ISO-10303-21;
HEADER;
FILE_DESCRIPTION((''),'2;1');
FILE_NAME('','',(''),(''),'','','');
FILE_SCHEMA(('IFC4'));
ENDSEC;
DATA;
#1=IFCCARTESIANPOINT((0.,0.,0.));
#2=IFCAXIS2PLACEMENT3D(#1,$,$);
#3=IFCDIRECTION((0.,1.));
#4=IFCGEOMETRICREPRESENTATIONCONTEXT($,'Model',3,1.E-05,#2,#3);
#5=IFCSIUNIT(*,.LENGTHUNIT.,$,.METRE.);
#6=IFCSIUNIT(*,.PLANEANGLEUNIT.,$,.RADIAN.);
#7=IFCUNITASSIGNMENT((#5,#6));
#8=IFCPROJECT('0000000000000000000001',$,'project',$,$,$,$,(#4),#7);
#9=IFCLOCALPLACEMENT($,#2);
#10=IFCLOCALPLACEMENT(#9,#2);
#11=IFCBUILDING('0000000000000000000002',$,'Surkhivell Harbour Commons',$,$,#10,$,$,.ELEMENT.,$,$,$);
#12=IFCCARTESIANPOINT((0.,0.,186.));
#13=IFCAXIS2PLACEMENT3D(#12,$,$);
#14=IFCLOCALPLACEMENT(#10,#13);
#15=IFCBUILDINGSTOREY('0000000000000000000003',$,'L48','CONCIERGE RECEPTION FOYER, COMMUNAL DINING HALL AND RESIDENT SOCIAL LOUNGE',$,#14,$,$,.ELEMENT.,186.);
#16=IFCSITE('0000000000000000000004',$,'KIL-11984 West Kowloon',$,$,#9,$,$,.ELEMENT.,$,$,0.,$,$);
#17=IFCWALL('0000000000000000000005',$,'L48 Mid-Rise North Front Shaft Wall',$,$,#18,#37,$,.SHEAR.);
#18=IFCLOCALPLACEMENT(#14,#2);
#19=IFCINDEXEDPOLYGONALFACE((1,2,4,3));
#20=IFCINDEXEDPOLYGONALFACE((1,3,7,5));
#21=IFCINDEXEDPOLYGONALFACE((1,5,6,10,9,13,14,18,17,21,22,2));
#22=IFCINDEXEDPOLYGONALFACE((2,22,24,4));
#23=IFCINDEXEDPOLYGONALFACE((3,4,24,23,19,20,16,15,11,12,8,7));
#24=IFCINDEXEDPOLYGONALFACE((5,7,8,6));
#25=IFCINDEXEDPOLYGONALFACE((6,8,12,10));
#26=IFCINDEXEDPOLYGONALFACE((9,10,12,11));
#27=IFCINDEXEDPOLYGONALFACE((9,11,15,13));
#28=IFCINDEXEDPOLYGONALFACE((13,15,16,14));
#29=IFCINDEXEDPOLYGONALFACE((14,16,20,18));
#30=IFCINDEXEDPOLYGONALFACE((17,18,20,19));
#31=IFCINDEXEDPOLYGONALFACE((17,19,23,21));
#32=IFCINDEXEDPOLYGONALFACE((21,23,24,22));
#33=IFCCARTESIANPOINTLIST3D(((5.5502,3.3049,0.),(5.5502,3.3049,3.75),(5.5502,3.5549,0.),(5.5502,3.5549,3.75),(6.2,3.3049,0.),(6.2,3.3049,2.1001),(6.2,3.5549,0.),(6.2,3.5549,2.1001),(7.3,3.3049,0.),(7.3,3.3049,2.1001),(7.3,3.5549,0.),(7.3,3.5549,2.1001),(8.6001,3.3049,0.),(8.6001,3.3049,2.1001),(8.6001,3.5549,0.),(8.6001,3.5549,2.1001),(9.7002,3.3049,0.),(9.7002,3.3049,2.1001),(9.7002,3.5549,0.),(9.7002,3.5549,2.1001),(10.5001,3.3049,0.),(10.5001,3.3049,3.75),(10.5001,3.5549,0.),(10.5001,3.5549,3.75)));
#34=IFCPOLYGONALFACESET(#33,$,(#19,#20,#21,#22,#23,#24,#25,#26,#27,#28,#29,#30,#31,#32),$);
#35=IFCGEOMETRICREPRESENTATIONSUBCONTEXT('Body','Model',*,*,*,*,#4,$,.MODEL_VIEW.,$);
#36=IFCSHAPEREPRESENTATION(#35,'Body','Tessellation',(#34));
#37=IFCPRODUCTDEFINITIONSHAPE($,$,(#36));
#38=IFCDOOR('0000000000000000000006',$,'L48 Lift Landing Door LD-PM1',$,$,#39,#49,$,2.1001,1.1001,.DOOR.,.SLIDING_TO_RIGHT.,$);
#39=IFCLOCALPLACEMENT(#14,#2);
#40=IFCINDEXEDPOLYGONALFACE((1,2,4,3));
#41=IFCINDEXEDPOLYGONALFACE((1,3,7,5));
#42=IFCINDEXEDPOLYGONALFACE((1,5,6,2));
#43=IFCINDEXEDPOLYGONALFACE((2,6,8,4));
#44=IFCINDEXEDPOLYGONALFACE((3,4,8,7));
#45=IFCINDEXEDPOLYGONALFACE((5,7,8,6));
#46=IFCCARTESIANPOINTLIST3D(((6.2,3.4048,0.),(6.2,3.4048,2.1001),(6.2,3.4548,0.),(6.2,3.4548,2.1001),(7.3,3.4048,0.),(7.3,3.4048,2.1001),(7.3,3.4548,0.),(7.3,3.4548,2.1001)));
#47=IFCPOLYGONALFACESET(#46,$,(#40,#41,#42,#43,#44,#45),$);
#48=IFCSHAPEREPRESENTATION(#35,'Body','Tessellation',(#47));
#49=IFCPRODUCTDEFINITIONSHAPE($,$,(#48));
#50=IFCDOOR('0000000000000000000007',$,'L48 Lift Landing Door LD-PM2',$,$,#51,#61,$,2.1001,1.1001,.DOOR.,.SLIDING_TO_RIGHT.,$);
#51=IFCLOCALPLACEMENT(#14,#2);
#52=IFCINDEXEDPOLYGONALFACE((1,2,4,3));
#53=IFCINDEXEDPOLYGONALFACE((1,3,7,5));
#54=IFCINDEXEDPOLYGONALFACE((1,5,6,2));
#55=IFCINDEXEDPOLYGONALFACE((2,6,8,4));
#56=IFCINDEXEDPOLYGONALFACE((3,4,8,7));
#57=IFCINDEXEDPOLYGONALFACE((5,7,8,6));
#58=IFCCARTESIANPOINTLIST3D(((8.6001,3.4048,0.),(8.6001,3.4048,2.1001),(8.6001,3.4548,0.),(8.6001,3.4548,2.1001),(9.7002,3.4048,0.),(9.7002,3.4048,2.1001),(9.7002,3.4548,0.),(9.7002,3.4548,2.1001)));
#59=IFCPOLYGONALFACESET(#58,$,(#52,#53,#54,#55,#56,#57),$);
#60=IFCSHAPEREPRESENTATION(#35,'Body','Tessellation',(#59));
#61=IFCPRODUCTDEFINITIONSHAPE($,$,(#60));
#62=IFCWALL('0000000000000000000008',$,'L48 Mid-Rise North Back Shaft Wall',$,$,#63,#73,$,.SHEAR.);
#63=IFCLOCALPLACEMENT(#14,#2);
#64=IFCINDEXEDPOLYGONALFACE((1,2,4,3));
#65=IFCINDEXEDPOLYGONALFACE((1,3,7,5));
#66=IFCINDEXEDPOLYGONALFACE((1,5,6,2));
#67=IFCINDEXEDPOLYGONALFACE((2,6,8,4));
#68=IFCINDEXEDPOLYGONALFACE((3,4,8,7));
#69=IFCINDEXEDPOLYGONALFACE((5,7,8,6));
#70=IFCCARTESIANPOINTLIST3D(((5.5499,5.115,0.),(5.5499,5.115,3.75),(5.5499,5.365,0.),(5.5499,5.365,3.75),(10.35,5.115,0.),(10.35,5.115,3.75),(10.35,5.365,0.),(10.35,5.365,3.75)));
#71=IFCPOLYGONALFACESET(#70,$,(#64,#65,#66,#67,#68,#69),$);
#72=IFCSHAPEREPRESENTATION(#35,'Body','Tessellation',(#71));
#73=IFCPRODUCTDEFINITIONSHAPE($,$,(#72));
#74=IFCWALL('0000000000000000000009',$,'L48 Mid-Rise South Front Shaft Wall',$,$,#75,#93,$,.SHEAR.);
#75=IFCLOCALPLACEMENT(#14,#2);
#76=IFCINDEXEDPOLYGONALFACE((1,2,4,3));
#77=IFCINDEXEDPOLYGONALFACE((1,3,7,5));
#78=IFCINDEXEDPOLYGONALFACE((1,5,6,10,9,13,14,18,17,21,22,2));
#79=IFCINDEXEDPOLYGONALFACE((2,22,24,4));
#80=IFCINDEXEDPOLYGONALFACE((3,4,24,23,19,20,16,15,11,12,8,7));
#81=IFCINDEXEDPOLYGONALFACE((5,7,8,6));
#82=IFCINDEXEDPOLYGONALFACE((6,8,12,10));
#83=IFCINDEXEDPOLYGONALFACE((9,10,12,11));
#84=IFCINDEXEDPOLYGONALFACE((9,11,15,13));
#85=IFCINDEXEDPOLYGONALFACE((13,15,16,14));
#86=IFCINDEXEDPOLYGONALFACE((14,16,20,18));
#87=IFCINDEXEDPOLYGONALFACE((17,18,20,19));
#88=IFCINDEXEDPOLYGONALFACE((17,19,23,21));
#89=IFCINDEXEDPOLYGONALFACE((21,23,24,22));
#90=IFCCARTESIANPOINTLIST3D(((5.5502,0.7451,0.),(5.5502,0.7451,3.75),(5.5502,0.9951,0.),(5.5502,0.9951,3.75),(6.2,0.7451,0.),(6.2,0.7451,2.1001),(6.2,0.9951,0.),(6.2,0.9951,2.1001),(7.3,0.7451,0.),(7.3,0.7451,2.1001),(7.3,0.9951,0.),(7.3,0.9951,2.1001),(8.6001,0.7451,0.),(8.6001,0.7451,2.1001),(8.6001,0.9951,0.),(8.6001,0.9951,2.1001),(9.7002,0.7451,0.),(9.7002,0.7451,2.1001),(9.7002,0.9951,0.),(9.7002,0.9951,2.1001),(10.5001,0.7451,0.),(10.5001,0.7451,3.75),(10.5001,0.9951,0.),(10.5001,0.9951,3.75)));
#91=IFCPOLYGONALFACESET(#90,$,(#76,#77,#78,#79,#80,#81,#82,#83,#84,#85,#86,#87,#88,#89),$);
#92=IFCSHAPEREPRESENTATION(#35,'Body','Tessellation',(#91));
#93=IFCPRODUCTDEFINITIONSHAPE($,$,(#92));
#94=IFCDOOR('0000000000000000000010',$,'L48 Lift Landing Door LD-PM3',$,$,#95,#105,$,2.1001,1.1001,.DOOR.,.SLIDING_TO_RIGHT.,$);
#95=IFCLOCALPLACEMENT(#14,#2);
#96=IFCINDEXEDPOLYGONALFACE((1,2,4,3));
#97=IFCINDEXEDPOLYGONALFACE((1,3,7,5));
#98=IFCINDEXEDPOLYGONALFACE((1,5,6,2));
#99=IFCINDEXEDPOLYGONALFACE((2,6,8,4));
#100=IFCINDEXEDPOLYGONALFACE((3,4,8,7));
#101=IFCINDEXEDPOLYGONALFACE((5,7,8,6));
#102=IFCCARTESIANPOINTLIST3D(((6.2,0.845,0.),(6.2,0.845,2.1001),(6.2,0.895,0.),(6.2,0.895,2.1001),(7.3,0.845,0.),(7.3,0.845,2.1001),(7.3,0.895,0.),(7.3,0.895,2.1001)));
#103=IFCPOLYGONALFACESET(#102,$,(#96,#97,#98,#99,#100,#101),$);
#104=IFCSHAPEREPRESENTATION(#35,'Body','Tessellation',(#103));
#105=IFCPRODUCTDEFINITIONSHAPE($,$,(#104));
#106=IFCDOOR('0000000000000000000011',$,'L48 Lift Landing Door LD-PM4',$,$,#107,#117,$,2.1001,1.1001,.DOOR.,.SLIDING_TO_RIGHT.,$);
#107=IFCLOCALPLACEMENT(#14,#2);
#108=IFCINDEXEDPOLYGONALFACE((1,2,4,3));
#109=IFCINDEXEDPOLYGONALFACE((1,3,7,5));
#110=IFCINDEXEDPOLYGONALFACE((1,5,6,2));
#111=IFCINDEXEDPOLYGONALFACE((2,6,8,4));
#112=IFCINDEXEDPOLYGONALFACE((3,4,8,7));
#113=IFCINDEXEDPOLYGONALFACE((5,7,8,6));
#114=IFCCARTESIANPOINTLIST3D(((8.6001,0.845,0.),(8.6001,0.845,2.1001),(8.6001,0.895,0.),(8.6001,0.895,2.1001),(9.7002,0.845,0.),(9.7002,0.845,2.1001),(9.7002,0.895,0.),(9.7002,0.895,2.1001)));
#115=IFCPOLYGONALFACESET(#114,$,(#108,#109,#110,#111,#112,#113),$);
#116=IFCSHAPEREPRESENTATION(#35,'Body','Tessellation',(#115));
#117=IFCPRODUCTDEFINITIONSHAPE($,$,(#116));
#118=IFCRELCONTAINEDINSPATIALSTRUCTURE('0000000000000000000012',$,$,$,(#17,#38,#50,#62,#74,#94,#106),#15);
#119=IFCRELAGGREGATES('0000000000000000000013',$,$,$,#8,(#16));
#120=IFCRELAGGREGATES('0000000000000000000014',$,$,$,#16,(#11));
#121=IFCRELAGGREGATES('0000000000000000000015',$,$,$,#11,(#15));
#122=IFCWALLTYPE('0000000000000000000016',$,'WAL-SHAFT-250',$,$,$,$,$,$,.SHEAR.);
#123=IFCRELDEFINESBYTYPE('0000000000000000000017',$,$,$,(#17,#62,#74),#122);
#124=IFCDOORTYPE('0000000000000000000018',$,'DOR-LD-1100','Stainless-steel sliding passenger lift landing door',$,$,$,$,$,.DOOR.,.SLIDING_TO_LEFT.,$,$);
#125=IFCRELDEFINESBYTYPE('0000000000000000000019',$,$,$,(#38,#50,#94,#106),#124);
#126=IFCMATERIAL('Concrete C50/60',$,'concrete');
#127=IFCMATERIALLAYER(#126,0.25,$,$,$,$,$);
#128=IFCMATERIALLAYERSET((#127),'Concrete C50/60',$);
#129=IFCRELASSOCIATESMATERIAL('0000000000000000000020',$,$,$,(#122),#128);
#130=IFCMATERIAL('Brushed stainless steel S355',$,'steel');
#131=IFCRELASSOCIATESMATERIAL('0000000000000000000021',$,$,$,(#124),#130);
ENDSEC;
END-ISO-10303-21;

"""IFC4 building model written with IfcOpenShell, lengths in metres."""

from ifc_helpers import new_model, si_unit, direction, frame, frame_2d, origin, place, context, subcontext, project, spatial, rectangle, extrude, material, layer, layer_set, type_object, element, fill, save


model = new_model("IFC4")

# Units and contexts
model_context = context("Model", 3, precision=1e-05, world=origin(), true_north=direction((0.0, 1.0)))
body_context = subcontext(model_context, "Body", "Model", "MODEL_VIEW")
ifc_project = project(units=[si_unit("LENGTHUNIT", "METRE"), si_unit("PLANEANGLEUNIT", "RADIAN")], contexts=[model_context])

# Site, building, storey
site_placement = place(None, origin())
site = spatial("IfcSite", under=ifc_project, at=site_placement, Name="KIL-11984 West Kowloon", CompositionType="ELEMENT", RefElevation=0.0)
building_placement = place(site_placement, origin())
building = spatial("IfcBuilding", under=site, at=building_placement, Name="Surkhivell Harbour Commons", CompositionType="ELEMENT")
storey_placement = place(building_placement, frame((0.0, 0.0, 186.0)))
storey = spatial("IfcBuildingStorey", under=building, at=storey_placement, Name="L48", Description="CONCIERGE RECEPTION FOYER, COMMUNAL DINING HALL AND RESIDENT SOCIAL LOUNGE", CompositionType="ELEMENT", Elevation=186.0)

# Shared definitions
ifc_material_1 = material(Name="Concrete C50/60", Category="concrete")
ifc_layer_1 = layer(ifc_material_1, 0.25)
ifc_layer_set_1 = layer_set([ifc_layer_1], Name="Concrete C50/60")
wall_type_1 = type_object("IfcWallType", Name="WAL-SHAFT-250", PredefinedType="SHEAR", material=ifc_layer_set_1)

# Wall, openings, doors
wall_1_placement = place(storey_placement, frame((5.55, 3.4299, 0.0), z_axis=(0.0, 0.0, 1.0), x_axis=(1.0, 0.0, 0.0)))
wall_1 = element("IfcWall", 1, at=wall_1_placement, inside=storey, type_object=wall_type_1, Name="L48 Mid-Rise North Front Shaft Wall", PredefinedType="SHEAR", context=body_context, shape_type="SweptSolid", body=[
    extrude(rectangle(XDim=4.95, YDim=0.25, at=frame_2d((2.4751, 0.0))), origin(), (0.0, 0.0, 1.0), 3.75),
])
opening_1_placement = place(wall_1_placement, frame((0.6499, 0.0, 0.0)))
opening_1 = element("IfcOpeningElement", 2, at=opening_1_placement, cuts=wall_1, PredefinedType="OPENING", context=body_context, shape_type="SweptSolid", body=[
    extrude(rectangle(XDim=1.1001, YDim=2.1001, at=frame_2d((0.55, 1.05))), frame((0.0, 0.135, 0.0), z_axis=(0.0, -1.0, 0.0), x_axis=(1.0, 0.0, 0.0)), (0.0, 0.0, 1.0), 0.27),
])
opening_2_placement = place(wall_1_placement, frame((3.05, 0.0, 0.0)))
opening_2 = element("IfcOpeningElement", 3, at=opening_2_placement, cuts=wall_1, PredefinedType="OPENING", context=body_context, shape_type="SweptSolid", body=[
    extrude(rectangle(XDim=1.1001, YDim=2.1001, at=frame_2d((0.55, 1.05))), frame((0.0, 0.135, 0.0), z_axis=(0.0, -1.0, 0.0), x_axis=(1.0, 0.0, 0.0)), (0.0, 0.0, 1.0), 0.27),
])
ifc_material_2 = material(Name="Brushed stainless steel S355", Category="steel")
door_type = type_object("IfcDoorType", Name="DOR-LD-1100", Description="Stainless-steel sliding passenger lift landing door", OperationType="SLIDING_TO_LEFT", PredefinedType="DOOR", material=ifc_material_2)
door_1_placement = place(opening_1_placement, origin())
door_1 = element("IfcDoor", 4, at=door_1_placement, inside=storey, type_object=door_type, Name="L48 Lift Landing Door LD-PM1", OperationType="SLIDING_TO_RIGHT", OverallHeight=2.1001, OverallWidth=1.1001, PredefinedType="DOOR", context=body_context, shape_type="SweptSolid", body=[
    extrude(rectangle(XDim=1.1001, YDim=2.1001, at=frame_2d((0.55, 1.05))), frame((0.0, 0.0249, 0.0), z_axis=(0.0, -1.0, 0.0), x_axis=(1.0, 0.0, 0.0)), (0.0, 0.0, 1.0), 0.05),
])
fill(opening_1, door_1)
door_2_placement = place(opening_2_placement, origin())
door_2 = element("IfcDoor", 5, at=door_2_placement, inside=storey, type_object=door_type, Name="L48 Lift Landing Door LD-PM2", OperationType="SLIDING_TO_RIGHT", OverallHeight=2.1001, OverallWidth=1.1001, PredefinedType="DOOR", context=body_context, shape_type="SweptSolid", body=[
    extrude(rectangle(XDim=1.1001, YDim=2.1001, at=frame_2d((0.55, 1.05))), frame((0.0, 0.0249, 0.0), z_axis=(0.0, -1.0, 0.0), x_axis=(1.0, 0.0, 0.0)), (0.0, 0.0, 1.0), 0.05),
])
fill(opening_2, door_2)

# Wall
wall_2_placement = place(storey_placement, frame((5.55, 5.24, 0.0), z_axis=(0.0, 0.0, 1.0), x_axis=(1.0, 0.0, 0.0)))
element("IfcWall", 6, at=wall_2_placement, inside=storey, type_object=wall_type_1, Name="L48 Mid-Rise North Back Shaft Wall", PredefinedType="SHEAR", context=body_context, shape_type="SweptSolid", body=[
    extrude(rectangle(XDim=4.8, YDim=0.25, at=frame_2d((2.3999, 0.0))), origin(), (0.0, 0.0, 1.0), 3.75),
])

# Wall, openings, doors
wall_3_placement = place(storey_placement, frame((5.55, 0.8701, 0.0), z_axis=(0.0, 0.0, 1.0), x_axis=(1.0, 0.0, 0.0)))
wall_3 = element("IfcWall", 7, at=wall_3_placement, inside=storey, type_object=wall_type_1, Name="L48 Mid-Rise South Front Shaft Wall", PredefinedType="SHEAR", context=body_context, shape_type="SweptSolid", body=[
    extrude(rectangle(XDim=4.95, YDim=0.25, at=frame_2d((2.4751, 0.0))), origin(), (0.0, 0.0, 1.0), 3.75),
])
opening_3_placement = place(wall_3_placement, frame((0.6499, 0.0, 0.0)))
opening_3 = element("IfcOpeningElement", 8, at=opening_3_placement, cuts=wall_3, PredefinedType="OPENING", context=body_context, shape_type="SweptSolid", body=[
    extrude(rectangle(XDim=1.1001, YDim=2.1001, at=frame_2d((0.55, 1.05))), frame((0.0, 0.135, 0.0), z_axis=(0.0, -1.0, 0.0), x_axis=(1.0, 0.0, 0.0)), (0.0, 0.0, 1.0), 0.27),
])
opening_4_placement = place(wall_3_placement, frame((3.05, 0.0, 0.0)))
opening_4 = element("IfcOpeningElement", 9, at=opening_4_placement, cuts=wall_3, PredefinedType="OPENING", context=body_context, shape_type="SweptSolid", body=[
    extrude(rectangle(XDim=1.1001, YDim=2.1001, at=frame_2d((0.55, 1.05))), frame((0.0, 0.135, 0.0), z_axis=(0.0, -1.0, 0.0), x_axis=(1.0, 0.0, 0.0)), (0.0, 0.0, 1.0), 0.27),
])
door_3_placement = place(opening_3_placement, origin())
door_3 = element("IfcDoor", 10, at=door_3_placement, inside=storey, type_object=door_type, Name="L48 Lift Landing Door LD-PM3", OperationType="SLIDING_TO_RIGHT", OverallHeight=2.1001, OverallWidth=1.1001, PredefinedType="DOOR", context=body_context, shape_type="SweptSolid", body=[
    extrude(rectangle(XDim=1.1001, YDim=2.1001, at=frame_2d((0.55, 1.05))), frame((0.0, 0.0249, 0.0), z_axis=(0.0, -1.0, 0.0), x_axis=(1.0, 0.0, 0.0)), (0.0, 0.0, 1.0), 0.05),
])
fill(opening_3, door_3)
door_4_placement = place(opening_4_placement, origin())
door_4 = element("IfcDoor", 11, at=door_4_placement, inside=storey, type_object=door_type, Name="L48 Lift Landing Door LD-PM4", OperationType="SLIDING_TO_RIGHT", OverallHeight=2.1001, OverallWidth=1.1001, PredefinedType="DOOR", context=body_context, shape_type="SweptSolid", body=[
    extrude(rectangle(XDim=1.1001, YDim=2.1001, at=frame_2d((0.55, 1.05))), frame((0.0, 0.0249, 0.0), z_axis=(0.0, -1.0, 0.0), x_axis=(1.0, 0.0, 0.0)), (0.0, 0.0, 1.0), 0.05),
])
fill(opening_4, door_4)

save(model, "model.ifc")
